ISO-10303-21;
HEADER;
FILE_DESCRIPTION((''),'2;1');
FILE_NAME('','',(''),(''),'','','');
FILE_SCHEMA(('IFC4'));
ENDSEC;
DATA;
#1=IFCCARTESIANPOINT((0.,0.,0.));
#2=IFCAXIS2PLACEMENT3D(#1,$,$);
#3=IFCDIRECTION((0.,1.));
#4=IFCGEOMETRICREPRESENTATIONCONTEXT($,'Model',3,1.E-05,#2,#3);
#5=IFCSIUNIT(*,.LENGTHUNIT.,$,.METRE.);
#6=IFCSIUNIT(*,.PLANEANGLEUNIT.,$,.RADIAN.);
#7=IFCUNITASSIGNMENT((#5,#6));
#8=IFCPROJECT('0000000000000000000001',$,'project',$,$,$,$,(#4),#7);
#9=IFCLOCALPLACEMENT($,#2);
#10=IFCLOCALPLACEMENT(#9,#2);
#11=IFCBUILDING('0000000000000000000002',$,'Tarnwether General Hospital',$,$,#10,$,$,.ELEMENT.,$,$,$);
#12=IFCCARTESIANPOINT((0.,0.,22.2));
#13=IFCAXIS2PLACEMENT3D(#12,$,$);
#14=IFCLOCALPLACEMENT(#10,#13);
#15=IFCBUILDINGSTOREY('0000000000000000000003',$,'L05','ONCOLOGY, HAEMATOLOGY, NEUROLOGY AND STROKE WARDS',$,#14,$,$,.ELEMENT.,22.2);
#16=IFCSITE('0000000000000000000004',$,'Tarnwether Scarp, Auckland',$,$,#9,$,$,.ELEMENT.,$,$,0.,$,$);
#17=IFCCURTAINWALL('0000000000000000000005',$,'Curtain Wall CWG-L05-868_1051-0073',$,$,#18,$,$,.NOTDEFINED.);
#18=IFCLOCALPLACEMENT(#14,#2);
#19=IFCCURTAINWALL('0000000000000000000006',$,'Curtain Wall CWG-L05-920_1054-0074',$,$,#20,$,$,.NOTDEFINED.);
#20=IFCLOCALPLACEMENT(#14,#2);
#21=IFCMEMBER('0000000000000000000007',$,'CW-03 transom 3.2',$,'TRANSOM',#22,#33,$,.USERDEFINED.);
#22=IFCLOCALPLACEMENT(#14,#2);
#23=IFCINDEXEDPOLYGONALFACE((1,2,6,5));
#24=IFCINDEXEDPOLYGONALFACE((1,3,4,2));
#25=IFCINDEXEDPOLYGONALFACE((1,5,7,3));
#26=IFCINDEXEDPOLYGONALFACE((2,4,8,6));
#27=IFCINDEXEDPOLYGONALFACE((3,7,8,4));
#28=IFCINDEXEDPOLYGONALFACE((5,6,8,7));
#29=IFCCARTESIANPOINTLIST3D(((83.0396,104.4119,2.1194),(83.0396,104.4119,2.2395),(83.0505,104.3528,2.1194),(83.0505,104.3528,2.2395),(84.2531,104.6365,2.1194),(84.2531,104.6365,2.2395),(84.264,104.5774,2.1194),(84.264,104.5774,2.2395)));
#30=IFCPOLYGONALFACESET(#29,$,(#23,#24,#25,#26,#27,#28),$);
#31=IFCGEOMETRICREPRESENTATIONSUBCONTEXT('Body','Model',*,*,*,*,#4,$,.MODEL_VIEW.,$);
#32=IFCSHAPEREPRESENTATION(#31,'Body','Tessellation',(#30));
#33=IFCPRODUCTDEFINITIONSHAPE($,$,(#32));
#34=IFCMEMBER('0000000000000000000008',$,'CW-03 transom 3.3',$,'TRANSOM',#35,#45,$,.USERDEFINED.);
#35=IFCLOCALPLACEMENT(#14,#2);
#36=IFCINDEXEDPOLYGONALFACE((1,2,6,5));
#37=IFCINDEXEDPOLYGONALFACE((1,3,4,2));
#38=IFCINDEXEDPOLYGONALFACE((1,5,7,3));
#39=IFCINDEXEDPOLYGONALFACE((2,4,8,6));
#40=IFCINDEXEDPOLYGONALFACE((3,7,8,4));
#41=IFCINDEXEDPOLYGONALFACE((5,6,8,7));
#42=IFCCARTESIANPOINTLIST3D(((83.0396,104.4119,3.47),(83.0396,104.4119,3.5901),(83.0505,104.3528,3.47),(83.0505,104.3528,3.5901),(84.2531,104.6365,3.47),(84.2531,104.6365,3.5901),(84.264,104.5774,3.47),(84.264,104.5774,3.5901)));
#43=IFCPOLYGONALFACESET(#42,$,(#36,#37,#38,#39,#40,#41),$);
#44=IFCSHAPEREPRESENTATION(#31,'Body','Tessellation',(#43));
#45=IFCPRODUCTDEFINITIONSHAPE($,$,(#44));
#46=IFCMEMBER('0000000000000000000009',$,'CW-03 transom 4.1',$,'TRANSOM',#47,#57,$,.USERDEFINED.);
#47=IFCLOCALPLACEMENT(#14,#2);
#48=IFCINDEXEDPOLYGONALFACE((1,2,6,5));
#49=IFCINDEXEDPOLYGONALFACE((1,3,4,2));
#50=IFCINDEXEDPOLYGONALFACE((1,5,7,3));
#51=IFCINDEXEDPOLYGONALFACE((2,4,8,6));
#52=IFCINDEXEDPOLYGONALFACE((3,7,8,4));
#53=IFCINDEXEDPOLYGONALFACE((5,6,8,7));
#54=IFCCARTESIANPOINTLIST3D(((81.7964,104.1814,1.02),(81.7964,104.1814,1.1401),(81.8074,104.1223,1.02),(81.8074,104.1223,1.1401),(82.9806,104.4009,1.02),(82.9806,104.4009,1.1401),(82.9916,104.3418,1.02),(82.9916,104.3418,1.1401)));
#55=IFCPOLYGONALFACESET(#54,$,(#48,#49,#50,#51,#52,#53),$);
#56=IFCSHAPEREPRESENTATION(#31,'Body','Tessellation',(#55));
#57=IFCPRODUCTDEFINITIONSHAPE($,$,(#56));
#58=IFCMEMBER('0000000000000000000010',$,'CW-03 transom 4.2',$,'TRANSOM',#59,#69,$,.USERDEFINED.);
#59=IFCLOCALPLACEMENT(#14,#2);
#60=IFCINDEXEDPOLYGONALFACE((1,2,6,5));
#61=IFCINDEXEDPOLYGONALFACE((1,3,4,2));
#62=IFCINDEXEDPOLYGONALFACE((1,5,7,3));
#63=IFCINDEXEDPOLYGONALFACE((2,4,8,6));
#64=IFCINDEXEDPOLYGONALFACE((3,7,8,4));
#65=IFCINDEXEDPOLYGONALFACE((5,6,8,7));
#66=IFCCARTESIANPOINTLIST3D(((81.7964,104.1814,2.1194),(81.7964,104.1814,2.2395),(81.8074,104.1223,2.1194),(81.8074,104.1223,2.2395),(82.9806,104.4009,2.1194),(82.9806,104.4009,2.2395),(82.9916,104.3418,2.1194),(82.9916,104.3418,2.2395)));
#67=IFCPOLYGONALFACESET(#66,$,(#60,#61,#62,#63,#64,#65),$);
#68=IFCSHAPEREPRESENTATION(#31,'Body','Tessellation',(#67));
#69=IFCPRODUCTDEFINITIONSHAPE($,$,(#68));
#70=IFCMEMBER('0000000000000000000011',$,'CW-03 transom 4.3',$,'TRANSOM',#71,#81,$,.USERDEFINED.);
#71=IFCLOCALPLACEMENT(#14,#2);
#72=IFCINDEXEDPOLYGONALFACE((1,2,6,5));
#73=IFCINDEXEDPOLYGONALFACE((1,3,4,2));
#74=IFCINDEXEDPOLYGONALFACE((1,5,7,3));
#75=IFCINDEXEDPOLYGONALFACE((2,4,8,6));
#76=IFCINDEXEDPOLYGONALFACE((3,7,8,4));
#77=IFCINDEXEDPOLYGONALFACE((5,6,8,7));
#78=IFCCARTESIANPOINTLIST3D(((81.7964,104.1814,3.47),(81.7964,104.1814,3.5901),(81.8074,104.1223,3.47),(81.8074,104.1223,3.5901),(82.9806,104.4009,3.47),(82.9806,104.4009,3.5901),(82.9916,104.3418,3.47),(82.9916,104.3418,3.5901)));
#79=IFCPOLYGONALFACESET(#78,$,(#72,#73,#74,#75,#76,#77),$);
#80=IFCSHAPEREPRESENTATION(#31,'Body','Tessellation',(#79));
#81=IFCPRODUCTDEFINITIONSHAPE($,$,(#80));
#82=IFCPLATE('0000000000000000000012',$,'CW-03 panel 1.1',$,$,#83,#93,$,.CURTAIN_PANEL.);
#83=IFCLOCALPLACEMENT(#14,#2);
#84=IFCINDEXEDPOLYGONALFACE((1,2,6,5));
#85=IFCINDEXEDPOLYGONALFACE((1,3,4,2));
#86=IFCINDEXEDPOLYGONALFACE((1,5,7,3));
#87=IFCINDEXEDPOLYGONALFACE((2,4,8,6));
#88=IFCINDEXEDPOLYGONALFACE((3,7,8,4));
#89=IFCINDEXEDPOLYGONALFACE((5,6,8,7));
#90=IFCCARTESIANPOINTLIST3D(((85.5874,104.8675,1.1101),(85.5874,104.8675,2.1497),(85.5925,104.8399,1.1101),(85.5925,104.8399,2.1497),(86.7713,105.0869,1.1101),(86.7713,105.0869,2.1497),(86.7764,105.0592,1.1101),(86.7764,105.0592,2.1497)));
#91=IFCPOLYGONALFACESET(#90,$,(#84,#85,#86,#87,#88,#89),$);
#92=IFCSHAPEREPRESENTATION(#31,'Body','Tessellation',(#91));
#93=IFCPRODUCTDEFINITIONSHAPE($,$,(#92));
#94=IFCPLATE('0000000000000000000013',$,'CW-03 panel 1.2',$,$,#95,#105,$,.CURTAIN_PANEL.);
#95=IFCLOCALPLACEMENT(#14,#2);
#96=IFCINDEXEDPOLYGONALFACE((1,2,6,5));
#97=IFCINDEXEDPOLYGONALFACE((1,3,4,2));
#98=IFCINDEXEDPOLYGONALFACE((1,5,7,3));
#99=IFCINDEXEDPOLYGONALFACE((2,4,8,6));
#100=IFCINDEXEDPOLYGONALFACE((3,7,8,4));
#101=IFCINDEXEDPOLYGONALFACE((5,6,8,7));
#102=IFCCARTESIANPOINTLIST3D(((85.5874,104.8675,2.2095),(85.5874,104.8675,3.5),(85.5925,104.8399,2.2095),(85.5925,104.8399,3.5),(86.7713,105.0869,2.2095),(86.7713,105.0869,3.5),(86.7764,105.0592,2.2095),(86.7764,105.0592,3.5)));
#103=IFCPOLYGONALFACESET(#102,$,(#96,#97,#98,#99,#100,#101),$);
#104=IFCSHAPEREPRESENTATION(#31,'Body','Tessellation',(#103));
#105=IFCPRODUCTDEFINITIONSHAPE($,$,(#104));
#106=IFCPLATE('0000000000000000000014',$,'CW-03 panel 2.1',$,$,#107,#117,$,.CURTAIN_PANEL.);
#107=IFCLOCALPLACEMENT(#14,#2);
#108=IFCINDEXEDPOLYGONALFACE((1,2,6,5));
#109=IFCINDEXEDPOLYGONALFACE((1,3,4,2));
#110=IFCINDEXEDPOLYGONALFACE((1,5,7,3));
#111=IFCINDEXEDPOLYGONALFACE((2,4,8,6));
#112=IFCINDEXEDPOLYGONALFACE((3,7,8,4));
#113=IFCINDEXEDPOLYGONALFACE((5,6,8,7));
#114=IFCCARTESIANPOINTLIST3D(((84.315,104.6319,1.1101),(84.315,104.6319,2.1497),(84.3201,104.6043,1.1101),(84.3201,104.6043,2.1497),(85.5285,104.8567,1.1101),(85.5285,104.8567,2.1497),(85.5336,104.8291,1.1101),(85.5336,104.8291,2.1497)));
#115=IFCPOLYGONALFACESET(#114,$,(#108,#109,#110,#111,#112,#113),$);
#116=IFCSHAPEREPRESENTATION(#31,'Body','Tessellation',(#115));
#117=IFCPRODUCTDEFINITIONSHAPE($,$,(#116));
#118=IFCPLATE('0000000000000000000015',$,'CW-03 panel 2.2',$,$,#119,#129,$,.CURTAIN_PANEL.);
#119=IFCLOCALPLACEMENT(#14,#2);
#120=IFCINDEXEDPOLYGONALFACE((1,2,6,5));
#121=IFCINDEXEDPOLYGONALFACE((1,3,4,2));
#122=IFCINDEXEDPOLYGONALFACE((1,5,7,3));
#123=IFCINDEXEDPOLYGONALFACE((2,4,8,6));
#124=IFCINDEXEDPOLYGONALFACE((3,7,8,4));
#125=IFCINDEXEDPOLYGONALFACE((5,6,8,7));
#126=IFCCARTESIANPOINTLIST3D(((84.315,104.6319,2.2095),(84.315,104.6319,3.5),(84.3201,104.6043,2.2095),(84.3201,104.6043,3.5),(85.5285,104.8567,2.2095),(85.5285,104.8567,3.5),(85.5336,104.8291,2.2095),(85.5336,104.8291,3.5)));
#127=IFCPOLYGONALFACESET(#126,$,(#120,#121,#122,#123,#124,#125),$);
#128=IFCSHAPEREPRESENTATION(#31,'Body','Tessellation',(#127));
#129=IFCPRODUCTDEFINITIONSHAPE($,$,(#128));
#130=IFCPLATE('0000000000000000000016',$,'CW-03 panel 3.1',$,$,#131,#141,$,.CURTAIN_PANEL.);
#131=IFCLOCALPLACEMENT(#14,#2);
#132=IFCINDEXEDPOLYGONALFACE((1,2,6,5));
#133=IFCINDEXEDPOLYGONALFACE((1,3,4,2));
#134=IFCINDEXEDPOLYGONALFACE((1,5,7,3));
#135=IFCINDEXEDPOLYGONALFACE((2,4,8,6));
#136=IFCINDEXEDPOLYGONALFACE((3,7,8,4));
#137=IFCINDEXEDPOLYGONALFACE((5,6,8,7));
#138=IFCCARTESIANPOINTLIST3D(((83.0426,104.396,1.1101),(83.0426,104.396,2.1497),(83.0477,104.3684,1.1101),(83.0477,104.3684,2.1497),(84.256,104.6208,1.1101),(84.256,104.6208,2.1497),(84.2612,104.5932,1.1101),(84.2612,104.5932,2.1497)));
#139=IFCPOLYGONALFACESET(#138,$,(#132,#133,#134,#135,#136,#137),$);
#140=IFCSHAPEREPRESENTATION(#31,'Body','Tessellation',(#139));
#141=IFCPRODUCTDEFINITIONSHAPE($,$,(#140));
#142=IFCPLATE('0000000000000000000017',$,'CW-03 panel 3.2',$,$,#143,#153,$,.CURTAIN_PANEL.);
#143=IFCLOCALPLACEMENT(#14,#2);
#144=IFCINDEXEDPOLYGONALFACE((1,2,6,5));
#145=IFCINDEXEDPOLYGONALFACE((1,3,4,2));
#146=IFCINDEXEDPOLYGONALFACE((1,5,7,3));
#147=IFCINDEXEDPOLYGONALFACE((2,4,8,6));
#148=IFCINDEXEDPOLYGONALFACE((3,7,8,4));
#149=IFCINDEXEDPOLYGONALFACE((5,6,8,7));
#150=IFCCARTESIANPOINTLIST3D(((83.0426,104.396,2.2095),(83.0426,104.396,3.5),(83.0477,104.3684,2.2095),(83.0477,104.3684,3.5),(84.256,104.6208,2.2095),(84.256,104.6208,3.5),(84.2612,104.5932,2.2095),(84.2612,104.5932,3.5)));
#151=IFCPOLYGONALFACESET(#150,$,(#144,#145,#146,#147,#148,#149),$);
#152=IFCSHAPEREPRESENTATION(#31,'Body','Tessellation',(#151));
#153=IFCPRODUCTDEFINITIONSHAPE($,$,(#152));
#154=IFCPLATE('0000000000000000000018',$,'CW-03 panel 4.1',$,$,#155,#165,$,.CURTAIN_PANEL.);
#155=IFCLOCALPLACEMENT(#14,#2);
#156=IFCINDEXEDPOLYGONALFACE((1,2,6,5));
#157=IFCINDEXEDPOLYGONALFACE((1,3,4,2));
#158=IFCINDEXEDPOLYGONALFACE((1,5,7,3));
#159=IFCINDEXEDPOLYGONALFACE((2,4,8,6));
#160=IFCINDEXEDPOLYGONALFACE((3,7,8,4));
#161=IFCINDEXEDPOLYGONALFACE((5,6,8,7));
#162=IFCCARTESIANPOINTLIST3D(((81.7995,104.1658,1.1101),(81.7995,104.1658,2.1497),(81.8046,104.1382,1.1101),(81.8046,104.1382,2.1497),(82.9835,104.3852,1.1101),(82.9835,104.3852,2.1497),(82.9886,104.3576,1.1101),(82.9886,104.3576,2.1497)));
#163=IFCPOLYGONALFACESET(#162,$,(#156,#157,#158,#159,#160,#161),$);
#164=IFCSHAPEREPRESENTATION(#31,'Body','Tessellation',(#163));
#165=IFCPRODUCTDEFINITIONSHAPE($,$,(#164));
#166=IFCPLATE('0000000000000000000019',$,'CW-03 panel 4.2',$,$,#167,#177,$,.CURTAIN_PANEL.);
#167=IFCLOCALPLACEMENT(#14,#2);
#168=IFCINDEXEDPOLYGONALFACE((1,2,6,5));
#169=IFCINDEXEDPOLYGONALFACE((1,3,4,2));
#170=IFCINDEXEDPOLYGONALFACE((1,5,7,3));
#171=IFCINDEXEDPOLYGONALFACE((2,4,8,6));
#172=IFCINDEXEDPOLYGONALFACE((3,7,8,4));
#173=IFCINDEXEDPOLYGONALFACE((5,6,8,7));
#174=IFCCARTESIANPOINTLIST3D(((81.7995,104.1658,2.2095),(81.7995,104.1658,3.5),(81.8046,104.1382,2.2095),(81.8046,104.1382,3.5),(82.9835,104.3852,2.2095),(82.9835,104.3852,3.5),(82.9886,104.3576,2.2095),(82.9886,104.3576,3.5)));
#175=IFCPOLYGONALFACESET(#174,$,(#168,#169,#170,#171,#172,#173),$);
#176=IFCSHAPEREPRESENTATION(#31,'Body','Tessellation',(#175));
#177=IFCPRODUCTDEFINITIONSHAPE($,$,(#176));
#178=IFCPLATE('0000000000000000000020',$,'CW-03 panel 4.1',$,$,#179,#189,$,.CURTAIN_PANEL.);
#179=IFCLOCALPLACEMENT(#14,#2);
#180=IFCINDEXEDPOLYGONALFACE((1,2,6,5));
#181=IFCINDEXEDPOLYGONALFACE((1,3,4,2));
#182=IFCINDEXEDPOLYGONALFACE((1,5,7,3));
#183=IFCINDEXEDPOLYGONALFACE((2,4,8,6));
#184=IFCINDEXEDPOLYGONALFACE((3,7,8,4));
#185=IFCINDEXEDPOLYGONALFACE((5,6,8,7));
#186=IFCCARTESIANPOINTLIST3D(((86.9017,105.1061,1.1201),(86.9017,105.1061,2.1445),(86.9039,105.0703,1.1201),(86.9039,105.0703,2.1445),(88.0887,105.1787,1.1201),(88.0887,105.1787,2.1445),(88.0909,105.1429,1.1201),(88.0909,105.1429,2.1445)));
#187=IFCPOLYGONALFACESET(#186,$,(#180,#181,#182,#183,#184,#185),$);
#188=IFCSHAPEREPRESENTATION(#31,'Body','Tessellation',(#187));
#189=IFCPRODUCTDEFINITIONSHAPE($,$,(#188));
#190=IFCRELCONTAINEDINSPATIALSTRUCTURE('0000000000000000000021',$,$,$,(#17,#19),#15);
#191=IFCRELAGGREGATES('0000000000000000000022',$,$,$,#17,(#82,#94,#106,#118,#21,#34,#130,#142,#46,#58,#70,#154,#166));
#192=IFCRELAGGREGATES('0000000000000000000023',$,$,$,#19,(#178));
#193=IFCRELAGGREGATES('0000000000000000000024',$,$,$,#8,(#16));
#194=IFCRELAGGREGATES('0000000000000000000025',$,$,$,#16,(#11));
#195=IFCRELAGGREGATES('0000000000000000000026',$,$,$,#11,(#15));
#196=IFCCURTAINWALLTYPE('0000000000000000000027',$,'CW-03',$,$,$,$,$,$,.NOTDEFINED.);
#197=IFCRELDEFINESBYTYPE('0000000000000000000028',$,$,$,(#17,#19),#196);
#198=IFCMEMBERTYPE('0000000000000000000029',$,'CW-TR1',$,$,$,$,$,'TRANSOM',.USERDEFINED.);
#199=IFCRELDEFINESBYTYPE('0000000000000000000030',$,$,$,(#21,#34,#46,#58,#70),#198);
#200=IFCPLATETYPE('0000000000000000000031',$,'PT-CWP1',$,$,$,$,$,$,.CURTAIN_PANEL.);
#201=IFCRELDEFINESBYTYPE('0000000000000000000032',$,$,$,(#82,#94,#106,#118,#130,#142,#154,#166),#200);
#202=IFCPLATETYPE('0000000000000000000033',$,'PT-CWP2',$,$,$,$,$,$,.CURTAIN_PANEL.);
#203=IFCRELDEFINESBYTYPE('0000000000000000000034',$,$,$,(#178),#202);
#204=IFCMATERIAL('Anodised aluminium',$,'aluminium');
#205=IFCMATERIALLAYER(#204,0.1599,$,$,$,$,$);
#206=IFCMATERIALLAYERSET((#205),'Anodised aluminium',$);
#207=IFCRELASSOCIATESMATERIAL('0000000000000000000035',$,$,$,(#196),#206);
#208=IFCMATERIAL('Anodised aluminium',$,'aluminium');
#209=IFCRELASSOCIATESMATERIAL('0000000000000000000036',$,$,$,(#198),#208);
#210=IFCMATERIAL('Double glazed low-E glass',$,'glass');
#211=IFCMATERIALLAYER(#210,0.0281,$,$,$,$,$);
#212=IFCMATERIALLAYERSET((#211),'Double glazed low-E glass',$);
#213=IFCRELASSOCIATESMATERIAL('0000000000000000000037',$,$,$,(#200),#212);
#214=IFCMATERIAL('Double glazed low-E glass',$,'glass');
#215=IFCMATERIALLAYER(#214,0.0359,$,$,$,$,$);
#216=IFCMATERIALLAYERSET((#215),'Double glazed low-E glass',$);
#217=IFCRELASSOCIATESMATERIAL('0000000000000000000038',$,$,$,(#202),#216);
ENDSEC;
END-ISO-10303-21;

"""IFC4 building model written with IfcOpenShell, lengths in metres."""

from ifc_helpers import new_model, si_unit, direction, frame, origin, origin_2d, place, context, subcontext, project, spatial, rectangle, extrude, material, layer, layer_set, material_profile, profile_set, type_object, element, aggregate, save


model = new_model("IFC4")

# Units and contexts
model_context = context("Model", 3, precision=1e-05, world=origin(), true_north=direction((0.0, 1.0)))
body_context = subcontext(model_context, "Body", "Model", "MODEL_VIEW")
ifc_project = project(units=[si_unit("LENGTHUNIT", "METRE"), si_unit("PLANEANGLEUNIT", "RADIAN")], contexts=[model_context])

# Site, building, storey
site_placement = place(None, origin())
site = spatial("IfcSite", under=ifc_project, at=site_placement, Name="Tarnwether Scarp, Auckland", CompositionType="ELEMENT", RefElevation=0.0)
building_placement = place(site_placement, origin())
building = spatial("IfcBuilding", under=site, at=building_placement, Name="Tarnwether General Hospital", CompositionType="ELEMENT")
storey_placement = place(building_placement, frame((0.0, 0.0, 22.2)))
storey = spatial("IfcBuildingStorey", under=building, at=storey_placement, Name="L05", Description="ONCOLOGY, HAEMATOLOGY, NEUROLOGY AND STROKE WARDS", CompositionType="ELEMENT", Elevation=22.2)

# Curtain wall
ifc_material_1 = material(Name="Anodised aluminium", Category="aluminium")
ifc_layer_1 = layer(ifc_material_1, 0.1599)
ifc_layer_set_1 = layer_set([ifc_layer_1], Name="Anodised aluminium")
curtain_wall_type = type_object("IfcCurtainWallType", Name="CW-03", PredefinedType="NOTDEFINED", material=ifc_layer_set_1)
curtain_wall_1_placement = place(storey_placement, origin())
curtain_wall_1 = element("IfcCurtainWall", 1, at=curtain_wall_1_placement, inside=storey, type_object=curtain_wall_type, Name="Curtain Wall CWG-L05-868_1051-0073", PredefinedType="NOTDEFINED")

# Curtain wall
curtain_wall_2_placement = place(storey_placement, origin())
curtain_wall_2 = element("IfcCurtainWall", 2, at=curtain_wall_2_placement, inside=storey, type_object=curtain_wall_type, Name="Curtain Wall CWG-L05-920_1054-0074", PredefinedType="NOTDEFINED")

# Members
ifc_material_2 = material(Name="Anodised aluminium", Category="aluminium")
ifc_material_profile_1 = material_profile(ifc_material_2, rectangle(XDim=0.0601, YDim=0.1201, at=origin_2d()), Name="ALU-TRN-60x120")
ifc_profile_set_1 = profile_set([ifc_material_profile_1], Name="Anodised aluminium")
member_type_1 = type_object("IfcMemberType", Name="CW-TR1", ElementType="TRANSOM", PredefinedType="USERDEFINED", material=ifc_profile_set_1)
member_1_placement = place(storey_placement, frame((84.2585, 104.6069, 2.1794), z_axis=(-0.983302, -0.181983, 0.0), x_axis=(0.181983, -0.983302, 0.0)))
member_1 = element("IfcMember", 3, at=member_1_placement, type_object=member_type_1, Name="CW-03 transom 3.2", ObjectType="TRANSOM", PredefinedType="USERDEFINED", context=body_context, shape_type="SweptSolid", body=[
    extrude(rectangle(XDim=0.0601, YDim=0.1201, at=origin_2d()), origin(), (0.0, 0.0, 1.0), 1.2341),
])
member_2_placement = place(storey_placement, frame((84.2585, 104.6069, 3.53), z_axis=(-0.983302, -0.181983, 0.0), x_axis=(0.181983, -0.983302, 0.0)))
member_2 = element("IfcMember", 4, at=member_2_placement, type_object=member_type_1, Name="CW-03 transom 3.3", ObjectType="TRANSOM", PredefinedType="USERDEFINED", context=body_context, shape_type="SweptSolid", body=[
    extrude(rectangle(XDim=0.0601, YDim=0.1201, at=origin_2d()), origin(), (0.0, 0.0, 1.0), 1.2341),
])
member_3_placement = place(storey_placement, frame((82.9861, 104.3713, 1.0801), z_axis=(-0.983251, -0.182256, 0.0), x_axis=(0.182256, -0.983251, 0.0)))
member_3 = element("IfcMember", 5, at=member_3_placement, type_object=member_type_1, Name="CW-03 transom 4.1", ObjectType="TRANSOM", PredefinedType="USERDEFINED", context=body_context, shape_type="SweptSolid", body=[
    extrude(rectangle(XDim=0.0601, YDim=0.1201, at=origin_2d()), origin(), (0.0, 0.0, 1.0), 1.2043),
])
member_4_placement = place(storey_placement, frame((82.9861, 104.3713, 2.1794), z_axis=(-0.983251, -0.182256, 0.0), x_axis=(0.182256, -0.983251, 0.0)))
member_4 = element("IfcMember", 6, at=member_4_placement, type_object=member_type_1, Name="CW-03 transom 4.2", ObjectType="TRANSOM", PredefinedType="USERDEFINED", context=body_context, shape_type="SweptSolid", body=[
    extrude(rectangle(XDim=0.0601, YDim=0.1201, at=origin_2d()), origin(), (0.0, 0.0, 1.0), 1.2043),
])
member_5_placement = place(storey_placement, frame((82.9861, 104.3713, 3.53), z_axis=(-0.983251, -0.182256, 0.0), x_axis=(0.182256, -0.983251, 0.0)))
member_5 = element("IfcMember", 7, at=member_5_placement, type_object=member_type_1, Name="CW-03 transom 4.3", ObjectType="TRANSOM", PredefinedType="USERDEFINED", context=body_context, shape_type="SweptSolid", body=[
    extrude(rectangle(XDim=0.0601, YDim=0.1201, at=origin_2d()), origin(), (0.0, 0.0, 1.0), 1.2043),
])

# Plates
ifc_material_3 = material(Name="Double glazed low-E glass", Category="glass")
ifc_layer_2 = layer(ifc_material_3, 0.0281)
ifc_layer_set_2 = layer_set([ifc_layer_2], Name="Double glazed low-E glass")
plate_type_1 = type_object("IfcPlateType", Name="PT-CWP1", PredefinedType="CURTAIN_PANEL", material=ifc_layer_set_2)
plate_1_placement = place(storey_placement, frame((86.1819, 104.9634, 1.1101), z_axis=(0.0, 0.0, 1.0), x_axis=(-0.983268, -0.182165, 0.0)))
plate_1 = element("IfcPlate", 8, at=plate_1_placement, type_object=plate_type_1, Name="CW-03 panel 1.1", PredefinedType="CURTAIN_PANEL", context=body_context, shape_type="SweptSolid", body=[
    extrude(rectangle(XDim=1.2041, YDim=0.0281, at=origin_2d()), origin(), (0.0, 0.0, 1.0), 1.0396),
])
plate_2_placement = place(storey_placement, frame((86.1819, 104.9634, 2.2095), z_axis=(0.0, 0.0, 1.0), x_axis=(-0.983268, -0.182165, 0.0)))
plate_2 = element("IfcPlate", 9, at=plate_2_placement, type_object=plate_type_1, Name="CW-03 panel 1.2", PredefinedType="CURTAIN_PANEL", context=body_context, shape_type="SweptSolid", body=[
    extrude(rectangle(XDim=1.2041, YDim=0.0281, at=origin_2d()), origin(), (0.0, 0.0, 1.0), 1.2905),
])
plate_3_placement = place(storey_placement, frame((84.9243, 104.7305, 1.1101), z_axis=(0.0, 0.0, 1.0), x_axis=(-0.983268, -0.182165, 0.0)))
plate_3 = element("IfcPlate", 10, at=plate_3_placement, type_object=plate_type_1, Name="CW-03 panel 2.1", PredefinedType="CURTAIN_PANEL", context=body_context, shape_type="SweptSolid", body=[
    extrude(rectangle(XDim=1.2341, YDim=0.0281, at=origin_2d()), origin(), (0.0, 0.0, 1.0), 1.0396),
])
plate_4_placement = place(storey_placement, frame((84.9243, 104.7305, 2.2095), z_axis=(0.0, 0.0, 1.0), x_axis=(-0.983268, -0.182165, 0.0)))
plate_4 = element("IfcPlate", 11, at=plate_4_placement, type_object=plate_type_1, Name="CW-03 panel 2.2", PredefinedType="CURTAIN_PANEL", context=body_context, shape_type="SweptSolid", body=[
    extrude(rectangle(XDim=1.2341, YDim=0.0281, at=origin_2d()), origin(), (0.0, 0.0, 1.0), 1.2905),
])
plate_5_placement = place(storey_placement, frame((83.6519, 104.4946, 1.1101), z_axis=(0.0, 0.0, 1.0), x_axis=(-0.983268, -0.182165, 0.0)))
plate_5 = element("IfcPlate", 12, at=plate_5_placement, type_object=plate_type_1, Name="CW-03 panel 3.1", PredefinedType="CURTAIN_PANEL", context=body_context, shape_type="SweptSolid", body=[
    extrude(rectangle(XDim=1.2341, YDim=0.0281, at=origin_2d()), origin(), (0.0, 0.0, 1.0), 1.0396),
])
plate_6_placement = place(storey_placement, frame((83.6519, 104.4946, 2.2095), z_axis=(0.0, 0.0, 1.0), x_axis=(-0.983268, -0.182165, 0.0)))
plate_6 = element("IfcPlate", 13, at=plate_6_placement, type_object=plate_type_1, Name="CW-03 panel 3.2", PredefinedType="CURTAIN_PANEL", context=body_context, shape_type="SweptSolid", body=[
    extrude(rectangle(XDim=1.2341, YDim=0.0281, at=origin_2d()), origin(), (0.0, 0.0, 1.0), 1.2905),
])
plate_7_placement = place(storey_placement, frame((82.394, 104.2617, 1.1101), z_axis=(0.0, 0.0, 1.0), x_axis=(-0.983268, -0.182165, 0.0)))
plate_7 = element("IfcPlate", 14, at=plate_7_placement, type_object=plate_type_1, Name="CW-03 panel 4.1", PredefinedType="CURTAIN_PANEL", context=body_context, shape_type="SweptSolid", body=[
    extrude(rectangle(XDim=1.2041, YDim=0.0281, at=origin_2d()), origin(), (0.0, 0.0, 1.0), 1.0396),
])
plate_8_placement = place(storey_placement, frame((82.394, 104.2617, 2.2095), z_axis=(0.0, 0.0, 1.0), x_axis=(-0.983268, -0.182165, 0.0)))
plate_8 = element("IfcPlate", 15, at=plate_8_placement, type_object=plate_type_1, Name="CW-03 panel 4.2", PredefinedType="CURTAIN_PANEL", context=body_context, shape_type="SweptSolid", body=[
    extrude(rectangle(XDim=1.2041, YDim=0.0281, at=origin_2d()), origin(), (0.0, 0.0, 1.0), 1.2905),
])
aggregate(curtain_wall_1, [plate_1, plate_2, plate_3, plate_4, member_1, member_2, plate_5, plate_6, member_3, member_4, member_5, plate_7, plate_8])
ifc_material_4 = material(Name="Double glazed low-E glass", Category="glass")
ifc_layer_3 = layer(ifc_material_4, 0.0359)
ifc_layer_set_3 = layer_set([ifc_layer_3], Name="Double glazed low-E glass")
plate_type_2 = type_object("IfcPlateType", Name="PT-CWP2", PredefinedType="CURTAIN_PANEL", material=ifc_layer_set_3)
plate_9_placement = place(storey_placement, frame((87.4963, 105.1245, 1.1201), z_axis=(0.0, 0.0, 1.0), x_axis=(-0.998135, -0.061043, 0.0)))
plate_9 = element("IfcPlate", 16, at=plate_9_placement, type_object=plate_type_2, Name="CW-03 panel 4.1", PredefinedType="CURTAIN_PANEL", context=body_context, shape_type="SweptSolid", body=[
    extrude(rectangle(XDim=1.1892, YDim=0.0359, at=origin_2d()), origin(), (0.0, 0.0, 1.0), 1.0244),
])
aggregate(curtain_wall_2, [plate_9])

save(model, "model.ifc")
